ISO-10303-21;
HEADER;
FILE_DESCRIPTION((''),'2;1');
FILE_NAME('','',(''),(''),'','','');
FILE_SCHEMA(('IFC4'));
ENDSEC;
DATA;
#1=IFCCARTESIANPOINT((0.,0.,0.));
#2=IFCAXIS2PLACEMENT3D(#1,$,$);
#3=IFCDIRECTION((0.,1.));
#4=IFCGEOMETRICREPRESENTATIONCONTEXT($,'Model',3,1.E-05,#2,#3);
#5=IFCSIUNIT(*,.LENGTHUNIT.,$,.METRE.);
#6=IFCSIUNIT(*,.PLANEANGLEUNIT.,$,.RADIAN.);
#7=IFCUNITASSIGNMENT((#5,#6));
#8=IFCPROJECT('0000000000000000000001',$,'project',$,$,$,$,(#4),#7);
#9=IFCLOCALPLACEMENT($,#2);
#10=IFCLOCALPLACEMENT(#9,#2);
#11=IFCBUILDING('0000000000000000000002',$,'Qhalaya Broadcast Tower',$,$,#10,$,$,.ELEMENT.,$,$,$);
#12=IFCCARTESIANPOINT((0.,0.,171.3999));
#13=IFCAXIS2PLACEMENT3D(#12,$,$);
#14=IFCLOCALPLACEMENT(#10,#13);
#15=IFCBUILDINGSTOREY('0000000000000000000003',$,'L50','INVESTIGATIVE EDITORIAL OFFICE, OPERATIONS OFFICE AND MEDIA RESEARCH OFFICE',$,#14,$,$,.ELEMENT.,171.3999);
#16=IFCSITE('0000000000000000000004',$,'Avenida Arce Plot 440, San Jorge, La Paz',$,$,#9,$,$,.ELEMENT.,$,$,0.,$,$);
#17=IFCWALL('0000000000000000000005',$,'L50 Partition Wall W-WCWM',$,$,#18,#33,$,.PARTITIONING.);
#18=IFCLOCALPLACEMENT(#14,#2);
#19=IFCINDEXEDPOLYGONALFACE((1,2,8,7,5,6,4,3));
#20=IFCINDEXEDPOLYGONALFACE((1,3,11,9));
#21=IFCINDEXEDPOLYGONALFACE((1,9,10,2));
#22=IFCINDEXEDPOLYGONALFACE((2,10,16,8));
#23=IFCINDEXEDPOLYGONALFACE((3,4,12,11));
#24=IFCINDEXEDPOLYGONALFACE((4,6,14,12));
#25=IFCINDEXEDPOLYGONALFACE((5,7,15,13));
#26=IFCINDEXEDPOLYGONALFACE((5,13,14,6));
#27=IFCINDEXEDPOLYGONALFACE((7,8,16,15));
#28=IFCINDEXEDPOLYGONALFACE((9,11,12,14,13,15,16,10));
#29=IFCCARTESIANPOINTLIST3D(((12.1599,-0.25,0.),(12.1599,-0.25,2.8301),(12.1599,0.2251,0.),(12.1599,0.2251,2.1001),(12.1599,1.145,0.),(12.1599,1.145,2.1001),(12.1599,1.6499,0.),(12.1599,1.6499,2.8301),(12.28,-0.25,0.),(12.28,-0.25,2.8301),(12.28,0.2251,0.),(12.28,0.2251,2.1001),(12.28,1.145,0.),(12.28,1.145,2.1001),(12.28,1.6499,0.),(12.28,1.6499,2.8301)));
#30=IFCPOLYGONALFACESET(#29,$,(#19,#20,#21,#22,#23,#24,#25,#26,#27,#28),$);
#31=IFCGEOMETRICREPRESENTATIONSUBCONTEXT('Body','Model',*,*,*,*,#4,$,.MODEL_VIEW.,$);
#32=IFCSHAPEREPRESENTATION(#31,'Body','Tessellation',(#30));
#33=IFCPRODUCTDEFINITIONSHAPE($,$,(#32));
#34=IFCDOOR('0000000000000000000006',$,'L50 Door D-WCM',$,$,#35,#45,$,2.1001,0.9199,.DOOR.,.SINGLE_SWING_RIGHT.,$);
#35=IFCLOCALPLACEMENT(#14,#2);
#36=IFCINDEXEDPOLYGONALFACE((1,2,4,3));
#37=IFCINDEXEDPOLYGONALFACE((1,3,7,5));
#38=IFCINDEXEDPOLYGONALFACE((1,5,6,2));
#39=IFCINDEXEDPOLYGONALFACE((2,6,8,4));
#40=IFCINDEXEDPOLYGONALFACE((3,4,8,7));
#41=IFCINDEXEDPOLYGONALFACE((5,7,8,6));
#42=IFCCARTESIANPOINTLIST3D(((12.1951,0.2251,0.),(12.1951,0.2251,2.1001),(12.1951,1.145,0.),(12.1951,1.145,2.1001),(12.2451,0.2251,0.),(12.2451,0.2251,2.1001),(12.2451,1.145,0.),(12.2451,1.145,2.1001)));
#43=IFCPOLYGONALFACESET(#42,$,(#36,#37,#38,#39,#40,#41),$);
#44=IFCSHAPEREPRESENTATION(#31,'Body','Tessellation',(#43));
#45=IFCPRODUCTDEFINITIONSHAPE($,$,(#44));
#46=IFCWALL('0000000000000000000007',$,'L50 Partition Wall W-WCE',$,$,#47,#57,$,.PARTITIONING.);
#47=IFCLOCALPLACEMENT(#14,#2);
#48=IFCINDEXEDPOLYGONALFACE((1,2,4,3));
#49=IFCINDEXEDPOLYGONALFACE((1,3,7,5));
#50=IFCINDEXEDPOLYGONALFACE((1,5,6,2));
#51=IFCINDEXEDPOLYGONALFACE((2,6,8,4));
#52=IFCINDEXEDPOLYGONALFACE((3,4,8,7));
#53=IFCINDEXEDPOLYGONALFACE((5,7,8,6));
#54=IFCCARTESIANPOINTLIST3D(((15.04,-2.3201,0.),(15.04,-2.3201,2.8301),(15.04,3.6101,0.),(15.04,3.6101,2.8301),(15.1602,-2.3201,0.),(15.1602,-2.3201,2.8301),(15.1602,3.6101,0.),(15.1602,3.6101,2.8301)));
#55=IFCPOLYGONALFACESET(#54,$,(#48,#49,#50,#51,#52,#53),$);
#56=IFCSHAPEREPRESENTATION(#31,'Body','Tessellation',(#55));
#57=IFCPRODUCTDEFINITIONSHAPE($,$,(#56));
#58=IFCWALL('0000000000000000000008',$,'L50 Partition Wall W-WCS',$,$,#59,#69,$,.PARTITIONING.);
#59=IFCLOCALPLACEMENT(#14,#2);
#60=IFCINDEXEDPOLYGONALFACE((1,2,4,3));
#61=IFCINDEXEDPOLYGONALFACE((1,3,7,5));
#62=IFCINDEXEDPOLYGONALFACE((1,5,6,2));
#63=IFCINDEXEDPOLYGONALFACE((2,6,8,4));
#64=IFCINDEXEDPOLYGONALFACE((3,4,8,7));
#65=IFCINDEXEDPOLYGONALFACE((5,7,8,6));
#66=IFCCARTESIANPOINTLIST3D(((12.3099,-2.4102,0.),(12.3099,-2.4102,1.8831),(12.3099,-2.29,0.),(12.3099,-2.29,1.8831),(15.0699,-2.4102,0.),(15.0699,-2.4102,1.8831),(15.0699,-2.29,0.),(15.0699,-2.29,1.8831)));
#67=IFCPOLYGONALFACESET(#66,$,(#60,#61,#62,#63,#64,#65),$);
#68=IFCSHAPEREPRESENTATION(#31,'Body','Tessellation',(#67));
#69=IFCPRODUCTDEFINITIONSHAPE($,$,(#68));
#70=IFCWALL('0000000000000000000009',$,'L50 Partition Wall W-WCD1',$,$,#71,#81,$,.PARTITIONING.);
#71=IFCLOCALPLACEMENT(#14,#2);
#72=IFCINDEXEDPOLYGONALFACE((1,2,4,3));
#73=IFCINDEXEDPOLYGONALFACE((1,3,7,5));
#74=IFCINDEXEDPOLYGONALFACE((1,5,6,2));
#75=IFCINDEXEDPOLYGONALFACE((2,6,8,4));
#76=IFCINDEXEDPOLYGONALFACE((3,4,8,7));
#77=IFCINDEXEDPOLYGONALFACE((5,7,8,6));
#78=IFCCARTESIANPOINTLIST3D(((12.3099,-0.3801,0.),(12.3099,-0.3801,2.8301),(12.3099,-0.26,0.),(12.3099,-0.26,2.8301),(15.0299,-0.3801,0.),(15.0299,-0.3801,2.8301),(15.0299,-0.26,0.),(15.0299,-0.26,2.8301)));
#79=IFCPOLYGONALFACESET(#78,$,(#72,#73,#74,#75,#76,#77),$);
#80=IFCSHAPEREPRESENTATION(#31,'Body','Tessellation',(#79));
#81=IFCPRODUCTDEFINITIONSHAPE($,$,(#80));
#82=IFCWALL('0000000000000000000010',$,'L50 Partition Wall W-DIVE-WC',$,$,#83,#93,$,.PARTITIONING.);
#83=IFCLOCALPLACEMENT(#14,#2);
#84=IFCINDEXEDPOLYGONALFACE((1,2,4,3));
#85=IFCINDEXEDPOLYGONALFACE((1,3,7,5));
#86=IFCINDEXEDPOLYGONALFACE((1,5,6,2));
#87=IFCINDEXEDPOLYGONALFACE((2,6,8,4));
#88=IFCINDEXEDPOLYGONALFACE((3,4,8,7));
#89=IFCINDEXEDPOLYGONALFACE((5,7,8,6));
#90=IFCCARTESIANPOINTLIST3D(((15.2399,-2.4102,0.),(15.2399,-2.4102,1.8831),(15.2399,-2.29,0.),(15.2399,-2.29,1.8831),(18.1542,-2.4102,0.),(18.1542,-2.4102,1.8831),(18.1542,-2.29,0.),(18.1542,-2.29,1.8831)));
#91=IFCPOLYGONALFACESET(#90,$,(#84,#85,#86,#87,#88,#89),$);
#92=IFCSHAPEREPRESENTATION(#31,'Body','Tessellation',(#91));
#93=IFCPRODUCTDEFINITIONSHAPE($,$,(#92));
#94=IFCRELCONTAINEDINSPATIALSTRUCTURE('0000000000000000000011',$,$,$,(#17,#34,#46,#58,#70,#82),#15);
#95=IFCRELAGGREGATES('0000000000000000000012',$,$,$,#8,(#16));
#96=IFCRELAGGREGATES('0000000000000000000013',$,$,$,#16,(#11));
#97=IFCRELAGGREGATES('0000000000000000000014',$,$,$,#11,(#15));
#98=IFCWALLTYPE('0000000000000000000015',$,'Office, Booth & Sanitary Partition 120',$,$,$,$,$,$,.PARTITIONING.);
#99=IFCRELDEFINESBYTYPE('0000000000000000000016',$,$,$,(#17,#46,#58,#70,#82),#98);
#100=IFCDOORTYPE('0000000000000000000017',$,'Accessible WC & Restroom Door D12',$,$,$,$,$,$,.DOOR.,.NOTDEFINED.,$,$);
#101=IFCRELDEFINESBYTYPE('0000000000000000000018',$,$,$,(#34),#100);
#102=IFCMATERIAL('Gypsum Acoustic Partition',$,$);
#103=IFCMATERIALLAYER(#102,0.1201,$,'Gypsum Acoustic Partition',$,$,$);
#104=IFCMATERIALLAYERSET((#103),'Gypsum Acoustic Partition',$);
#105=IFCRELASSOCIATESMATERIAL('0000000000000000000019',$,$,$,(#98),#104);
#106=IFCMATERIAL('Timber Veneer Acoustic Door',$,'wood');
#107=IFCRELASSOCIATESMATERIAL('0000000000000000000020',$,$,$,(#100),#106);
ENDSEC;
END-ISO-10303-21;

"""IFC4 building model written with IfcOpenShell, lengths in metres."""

from ifc_helpers import new_model, si_unit, direction, frame, frame_2d, origin, place, context, subcontext, project, spatial, rectangle, extrude, material, layer, layer_set, type_object, element, fill, save


model = new_model("IFC4")

# Units and contexts
model_context = context("Model", 3, precision=1e-05, world=origin(), true_north=direction((0.0, 1.0)))
body_context = subcontext(model_context, "Body", "Model", "MODEL_VIEW")
ifc_project = project(units=[si_unit("LENGTHUNIT", "METRE"), si_unit("PLANEANGLEUNIT", "RADIAN")], contexts=[model_context])

# Site, building, storey
site_placement = place(None, origin())
site = spatial("IfcSite", under=ifc_project, at=site_placement, Name="Avenida Arce Plot 440, San Jorge, La Paz", CompositionType="ELEMENT", RefElevation=0.0)
building_placement = place(site_placement, origin())
building = spatial("IfcBuilding", under=site, at=building_placement, Name="Qhalaya Broadcast Tower", CompositionType="ELEMENT")
storey_placement = place(building_placement, frame((0.0, 0.0, 171.3999)))
storey = spatial("IfcBuildingStorey", under=building, at=storey_placement, Name="L50", Description="INVESTIGATIVE EDITORIAL OFFICE, OPERATIONS OFFICE AND MEDIA RESEARCH OFFICE", CompositionType="ELEMENT", Elevation=171.3999)

# Wall, opening, door
ifc_material_1 = material(Name="Gypsum Acoustic Partition")
ifc_material_2 = material(Name="Timber Veneer Acoustic Door", Category="wood")
ifc_layer_1 = layer(ifc_material_1, 0.1201, Name="Gypsum Acoustic Partition")
ifc_layer_set_1 = layer_set([ifc_layer_1], Name="Gypsum Acoustic Partition")
wall_type_1 = type_object("IfcWallType", Name="Office, Booth & Sanitary Partition 120", PredefinedType="PARTITIONING", material=ifc_layer_set_1)
door_type_1 = type_object("IfcDoorType", Name="Accessible WC & Restroom Door D12", OperationType="NOTDEFINED", PredefinedType="DOOR", material=ifc_material_2)
wall_1_placement = place(storey_placement, frame((12.22, -0.25, 0.0), z_axis=(0.0, 0.0, 1.0), x_axis=(0.0, 1.0, 0.0)))
wall_1 = element("IfcWall", 1, at=wall_1_placement, inside=storey, type_object=wall_type_1, Name="L50 Partition Wall W-WCWM", PredefinedType="PARTITIONING", context=body_context, shape_type="SweptSolid", body=[
    extrude(rectangle(XDim=1.8999, YDim=0.1201, at=frame_2d((0.95, 0.0))), origin(), (0.0, 0.0, 1.0), 2.8301),
])
opening_1_placement = place(wall_1_placement, frame((0.4751, 0.0, 0.0)))
opening_1 = element("IfcOpeningElement", 2, at=opening_1_placement, cuts=wall_1, PredefinedType="OPENING", context=body_context, shape_type="SweptSolid", body=[
    extrude(rectangle(XDim=0.9199, YDim=2.1001, at=frame_2d((0.46, 1.05))), frame((0.0, 0.072, 0.0), z_axis=(0.0, -1.0, 0.0), x_axis=(1.0, 0.0, 0.0)), (0.0, 0.0, 1.0), 0.144),
])
door_1_placement = place(opening_1_placement, origin())
door_1 = element("IfcDoor", 3, at=door_1_placement, inside=storey, type_object=door_type_1, Name="L50 Door D-WCM", OperationType="SINGLE_SWING_RIGHT", OverallHeight=2.1001, OverallWidth=0.9199, PredefinedType="DOOR", context=body_context, shape_type="SweptSolid", body=[
    extrude(rectangle(XDim=0.9199, YDim=2.1001, at=frame_2d((0.46, 1.05))), frame((0.0, 0.0249, 0.0), z_axis=(0.0, -1.0, 0.0), x_axis=(1.0, 0.0, 0.0)), (0.0, 0.0, 1.0), 0.05),
])
fill(opening_1, door_1)

# Walls
wall_2_placement = place(storey_placement, frame((15.1001, -2.3201, 0.0), z_axis=(0.0, 0.0, 1.0), x_axis=(0.0, 1.0, 0.0)))
element("IfcWall", 4, at=wall_2_placement, inside=storey, type_object=wall_type_1, Name="L50 Partition Wall W-WCE", PredefinedType="PARTITIONING", context=body_context, shape_type="SweptSolid", body=[
    extrude(rectangle(XDim=5.9302, YDim=0.1201, at=frame_2d((2.9651, 0.0))), origin(), (0.0, 0.0, 1.0), 2.8301),
])
wall_3_placement = place(storey_placement, frame((12.3101, -2.3501, 0.0), z_axis=(0.0, 0.0, 1.0), x_axis=(1.0, 0.0, 0.0)))
element("IfcWall", 5, at=wall_3_placement, inside=storey, type_object=wall_type_1, Name="L50 Partition Wall W-WCS", PredefinedType="PARTITIONING", context=body_context, shape_type="SweptSolid", body=[
    extrude(rectangle(XDim=2.76, YDim=0.1201, at=frame_2d((1.3799, 0.0))), origin(), (0.0, 0.0, 1.0), 1.8831),
])
wall_4_placement = place(storey_placement, frame((12.3101, -0.3201, 0.0), z_axis=(0.0, 0.0, 1.0), x_axis=(1.0, 0.0, 0.0)))
element("IfcWall", 6, at=wall_4_placement, inside=storey, type_object=wall_type_1, Name="L50 Partition Wall W-WCD1", PredefinedType="PARTITIONING", context=body_context, shape_type="SweptSolid", body=[
    extrude(rectangle(XDim=2.72, YDim=0.1201, at=frame_2d((1.3599, 0.0))), origin(), (0.0, 0.0, 1.0), 2.8301),
])
wall_5_placement = place(storey_placement, frame((15.24, -2.3501, 0.0), z_axis=(0.0, 0.0, 1.0), x_axis=(1.0, 0.0, 0.0)))
element("IfcWall", 7, at=wall_5_placement, inside=storey, type_object=wall_type_1, Name="L50 Partition Wall W-DIVE-WC", PredefinedType="PARTITIONING", context=body_context, shape_type="SweptSolid", body=[
    extrude(rectangle(XDim=2.9143, YDim=0.1201, at=frame_2d((1.457, 0.0))), origin(), (0.0, 0.0, 1.0), 1.8831),
])

save(model, "model.ifc")
